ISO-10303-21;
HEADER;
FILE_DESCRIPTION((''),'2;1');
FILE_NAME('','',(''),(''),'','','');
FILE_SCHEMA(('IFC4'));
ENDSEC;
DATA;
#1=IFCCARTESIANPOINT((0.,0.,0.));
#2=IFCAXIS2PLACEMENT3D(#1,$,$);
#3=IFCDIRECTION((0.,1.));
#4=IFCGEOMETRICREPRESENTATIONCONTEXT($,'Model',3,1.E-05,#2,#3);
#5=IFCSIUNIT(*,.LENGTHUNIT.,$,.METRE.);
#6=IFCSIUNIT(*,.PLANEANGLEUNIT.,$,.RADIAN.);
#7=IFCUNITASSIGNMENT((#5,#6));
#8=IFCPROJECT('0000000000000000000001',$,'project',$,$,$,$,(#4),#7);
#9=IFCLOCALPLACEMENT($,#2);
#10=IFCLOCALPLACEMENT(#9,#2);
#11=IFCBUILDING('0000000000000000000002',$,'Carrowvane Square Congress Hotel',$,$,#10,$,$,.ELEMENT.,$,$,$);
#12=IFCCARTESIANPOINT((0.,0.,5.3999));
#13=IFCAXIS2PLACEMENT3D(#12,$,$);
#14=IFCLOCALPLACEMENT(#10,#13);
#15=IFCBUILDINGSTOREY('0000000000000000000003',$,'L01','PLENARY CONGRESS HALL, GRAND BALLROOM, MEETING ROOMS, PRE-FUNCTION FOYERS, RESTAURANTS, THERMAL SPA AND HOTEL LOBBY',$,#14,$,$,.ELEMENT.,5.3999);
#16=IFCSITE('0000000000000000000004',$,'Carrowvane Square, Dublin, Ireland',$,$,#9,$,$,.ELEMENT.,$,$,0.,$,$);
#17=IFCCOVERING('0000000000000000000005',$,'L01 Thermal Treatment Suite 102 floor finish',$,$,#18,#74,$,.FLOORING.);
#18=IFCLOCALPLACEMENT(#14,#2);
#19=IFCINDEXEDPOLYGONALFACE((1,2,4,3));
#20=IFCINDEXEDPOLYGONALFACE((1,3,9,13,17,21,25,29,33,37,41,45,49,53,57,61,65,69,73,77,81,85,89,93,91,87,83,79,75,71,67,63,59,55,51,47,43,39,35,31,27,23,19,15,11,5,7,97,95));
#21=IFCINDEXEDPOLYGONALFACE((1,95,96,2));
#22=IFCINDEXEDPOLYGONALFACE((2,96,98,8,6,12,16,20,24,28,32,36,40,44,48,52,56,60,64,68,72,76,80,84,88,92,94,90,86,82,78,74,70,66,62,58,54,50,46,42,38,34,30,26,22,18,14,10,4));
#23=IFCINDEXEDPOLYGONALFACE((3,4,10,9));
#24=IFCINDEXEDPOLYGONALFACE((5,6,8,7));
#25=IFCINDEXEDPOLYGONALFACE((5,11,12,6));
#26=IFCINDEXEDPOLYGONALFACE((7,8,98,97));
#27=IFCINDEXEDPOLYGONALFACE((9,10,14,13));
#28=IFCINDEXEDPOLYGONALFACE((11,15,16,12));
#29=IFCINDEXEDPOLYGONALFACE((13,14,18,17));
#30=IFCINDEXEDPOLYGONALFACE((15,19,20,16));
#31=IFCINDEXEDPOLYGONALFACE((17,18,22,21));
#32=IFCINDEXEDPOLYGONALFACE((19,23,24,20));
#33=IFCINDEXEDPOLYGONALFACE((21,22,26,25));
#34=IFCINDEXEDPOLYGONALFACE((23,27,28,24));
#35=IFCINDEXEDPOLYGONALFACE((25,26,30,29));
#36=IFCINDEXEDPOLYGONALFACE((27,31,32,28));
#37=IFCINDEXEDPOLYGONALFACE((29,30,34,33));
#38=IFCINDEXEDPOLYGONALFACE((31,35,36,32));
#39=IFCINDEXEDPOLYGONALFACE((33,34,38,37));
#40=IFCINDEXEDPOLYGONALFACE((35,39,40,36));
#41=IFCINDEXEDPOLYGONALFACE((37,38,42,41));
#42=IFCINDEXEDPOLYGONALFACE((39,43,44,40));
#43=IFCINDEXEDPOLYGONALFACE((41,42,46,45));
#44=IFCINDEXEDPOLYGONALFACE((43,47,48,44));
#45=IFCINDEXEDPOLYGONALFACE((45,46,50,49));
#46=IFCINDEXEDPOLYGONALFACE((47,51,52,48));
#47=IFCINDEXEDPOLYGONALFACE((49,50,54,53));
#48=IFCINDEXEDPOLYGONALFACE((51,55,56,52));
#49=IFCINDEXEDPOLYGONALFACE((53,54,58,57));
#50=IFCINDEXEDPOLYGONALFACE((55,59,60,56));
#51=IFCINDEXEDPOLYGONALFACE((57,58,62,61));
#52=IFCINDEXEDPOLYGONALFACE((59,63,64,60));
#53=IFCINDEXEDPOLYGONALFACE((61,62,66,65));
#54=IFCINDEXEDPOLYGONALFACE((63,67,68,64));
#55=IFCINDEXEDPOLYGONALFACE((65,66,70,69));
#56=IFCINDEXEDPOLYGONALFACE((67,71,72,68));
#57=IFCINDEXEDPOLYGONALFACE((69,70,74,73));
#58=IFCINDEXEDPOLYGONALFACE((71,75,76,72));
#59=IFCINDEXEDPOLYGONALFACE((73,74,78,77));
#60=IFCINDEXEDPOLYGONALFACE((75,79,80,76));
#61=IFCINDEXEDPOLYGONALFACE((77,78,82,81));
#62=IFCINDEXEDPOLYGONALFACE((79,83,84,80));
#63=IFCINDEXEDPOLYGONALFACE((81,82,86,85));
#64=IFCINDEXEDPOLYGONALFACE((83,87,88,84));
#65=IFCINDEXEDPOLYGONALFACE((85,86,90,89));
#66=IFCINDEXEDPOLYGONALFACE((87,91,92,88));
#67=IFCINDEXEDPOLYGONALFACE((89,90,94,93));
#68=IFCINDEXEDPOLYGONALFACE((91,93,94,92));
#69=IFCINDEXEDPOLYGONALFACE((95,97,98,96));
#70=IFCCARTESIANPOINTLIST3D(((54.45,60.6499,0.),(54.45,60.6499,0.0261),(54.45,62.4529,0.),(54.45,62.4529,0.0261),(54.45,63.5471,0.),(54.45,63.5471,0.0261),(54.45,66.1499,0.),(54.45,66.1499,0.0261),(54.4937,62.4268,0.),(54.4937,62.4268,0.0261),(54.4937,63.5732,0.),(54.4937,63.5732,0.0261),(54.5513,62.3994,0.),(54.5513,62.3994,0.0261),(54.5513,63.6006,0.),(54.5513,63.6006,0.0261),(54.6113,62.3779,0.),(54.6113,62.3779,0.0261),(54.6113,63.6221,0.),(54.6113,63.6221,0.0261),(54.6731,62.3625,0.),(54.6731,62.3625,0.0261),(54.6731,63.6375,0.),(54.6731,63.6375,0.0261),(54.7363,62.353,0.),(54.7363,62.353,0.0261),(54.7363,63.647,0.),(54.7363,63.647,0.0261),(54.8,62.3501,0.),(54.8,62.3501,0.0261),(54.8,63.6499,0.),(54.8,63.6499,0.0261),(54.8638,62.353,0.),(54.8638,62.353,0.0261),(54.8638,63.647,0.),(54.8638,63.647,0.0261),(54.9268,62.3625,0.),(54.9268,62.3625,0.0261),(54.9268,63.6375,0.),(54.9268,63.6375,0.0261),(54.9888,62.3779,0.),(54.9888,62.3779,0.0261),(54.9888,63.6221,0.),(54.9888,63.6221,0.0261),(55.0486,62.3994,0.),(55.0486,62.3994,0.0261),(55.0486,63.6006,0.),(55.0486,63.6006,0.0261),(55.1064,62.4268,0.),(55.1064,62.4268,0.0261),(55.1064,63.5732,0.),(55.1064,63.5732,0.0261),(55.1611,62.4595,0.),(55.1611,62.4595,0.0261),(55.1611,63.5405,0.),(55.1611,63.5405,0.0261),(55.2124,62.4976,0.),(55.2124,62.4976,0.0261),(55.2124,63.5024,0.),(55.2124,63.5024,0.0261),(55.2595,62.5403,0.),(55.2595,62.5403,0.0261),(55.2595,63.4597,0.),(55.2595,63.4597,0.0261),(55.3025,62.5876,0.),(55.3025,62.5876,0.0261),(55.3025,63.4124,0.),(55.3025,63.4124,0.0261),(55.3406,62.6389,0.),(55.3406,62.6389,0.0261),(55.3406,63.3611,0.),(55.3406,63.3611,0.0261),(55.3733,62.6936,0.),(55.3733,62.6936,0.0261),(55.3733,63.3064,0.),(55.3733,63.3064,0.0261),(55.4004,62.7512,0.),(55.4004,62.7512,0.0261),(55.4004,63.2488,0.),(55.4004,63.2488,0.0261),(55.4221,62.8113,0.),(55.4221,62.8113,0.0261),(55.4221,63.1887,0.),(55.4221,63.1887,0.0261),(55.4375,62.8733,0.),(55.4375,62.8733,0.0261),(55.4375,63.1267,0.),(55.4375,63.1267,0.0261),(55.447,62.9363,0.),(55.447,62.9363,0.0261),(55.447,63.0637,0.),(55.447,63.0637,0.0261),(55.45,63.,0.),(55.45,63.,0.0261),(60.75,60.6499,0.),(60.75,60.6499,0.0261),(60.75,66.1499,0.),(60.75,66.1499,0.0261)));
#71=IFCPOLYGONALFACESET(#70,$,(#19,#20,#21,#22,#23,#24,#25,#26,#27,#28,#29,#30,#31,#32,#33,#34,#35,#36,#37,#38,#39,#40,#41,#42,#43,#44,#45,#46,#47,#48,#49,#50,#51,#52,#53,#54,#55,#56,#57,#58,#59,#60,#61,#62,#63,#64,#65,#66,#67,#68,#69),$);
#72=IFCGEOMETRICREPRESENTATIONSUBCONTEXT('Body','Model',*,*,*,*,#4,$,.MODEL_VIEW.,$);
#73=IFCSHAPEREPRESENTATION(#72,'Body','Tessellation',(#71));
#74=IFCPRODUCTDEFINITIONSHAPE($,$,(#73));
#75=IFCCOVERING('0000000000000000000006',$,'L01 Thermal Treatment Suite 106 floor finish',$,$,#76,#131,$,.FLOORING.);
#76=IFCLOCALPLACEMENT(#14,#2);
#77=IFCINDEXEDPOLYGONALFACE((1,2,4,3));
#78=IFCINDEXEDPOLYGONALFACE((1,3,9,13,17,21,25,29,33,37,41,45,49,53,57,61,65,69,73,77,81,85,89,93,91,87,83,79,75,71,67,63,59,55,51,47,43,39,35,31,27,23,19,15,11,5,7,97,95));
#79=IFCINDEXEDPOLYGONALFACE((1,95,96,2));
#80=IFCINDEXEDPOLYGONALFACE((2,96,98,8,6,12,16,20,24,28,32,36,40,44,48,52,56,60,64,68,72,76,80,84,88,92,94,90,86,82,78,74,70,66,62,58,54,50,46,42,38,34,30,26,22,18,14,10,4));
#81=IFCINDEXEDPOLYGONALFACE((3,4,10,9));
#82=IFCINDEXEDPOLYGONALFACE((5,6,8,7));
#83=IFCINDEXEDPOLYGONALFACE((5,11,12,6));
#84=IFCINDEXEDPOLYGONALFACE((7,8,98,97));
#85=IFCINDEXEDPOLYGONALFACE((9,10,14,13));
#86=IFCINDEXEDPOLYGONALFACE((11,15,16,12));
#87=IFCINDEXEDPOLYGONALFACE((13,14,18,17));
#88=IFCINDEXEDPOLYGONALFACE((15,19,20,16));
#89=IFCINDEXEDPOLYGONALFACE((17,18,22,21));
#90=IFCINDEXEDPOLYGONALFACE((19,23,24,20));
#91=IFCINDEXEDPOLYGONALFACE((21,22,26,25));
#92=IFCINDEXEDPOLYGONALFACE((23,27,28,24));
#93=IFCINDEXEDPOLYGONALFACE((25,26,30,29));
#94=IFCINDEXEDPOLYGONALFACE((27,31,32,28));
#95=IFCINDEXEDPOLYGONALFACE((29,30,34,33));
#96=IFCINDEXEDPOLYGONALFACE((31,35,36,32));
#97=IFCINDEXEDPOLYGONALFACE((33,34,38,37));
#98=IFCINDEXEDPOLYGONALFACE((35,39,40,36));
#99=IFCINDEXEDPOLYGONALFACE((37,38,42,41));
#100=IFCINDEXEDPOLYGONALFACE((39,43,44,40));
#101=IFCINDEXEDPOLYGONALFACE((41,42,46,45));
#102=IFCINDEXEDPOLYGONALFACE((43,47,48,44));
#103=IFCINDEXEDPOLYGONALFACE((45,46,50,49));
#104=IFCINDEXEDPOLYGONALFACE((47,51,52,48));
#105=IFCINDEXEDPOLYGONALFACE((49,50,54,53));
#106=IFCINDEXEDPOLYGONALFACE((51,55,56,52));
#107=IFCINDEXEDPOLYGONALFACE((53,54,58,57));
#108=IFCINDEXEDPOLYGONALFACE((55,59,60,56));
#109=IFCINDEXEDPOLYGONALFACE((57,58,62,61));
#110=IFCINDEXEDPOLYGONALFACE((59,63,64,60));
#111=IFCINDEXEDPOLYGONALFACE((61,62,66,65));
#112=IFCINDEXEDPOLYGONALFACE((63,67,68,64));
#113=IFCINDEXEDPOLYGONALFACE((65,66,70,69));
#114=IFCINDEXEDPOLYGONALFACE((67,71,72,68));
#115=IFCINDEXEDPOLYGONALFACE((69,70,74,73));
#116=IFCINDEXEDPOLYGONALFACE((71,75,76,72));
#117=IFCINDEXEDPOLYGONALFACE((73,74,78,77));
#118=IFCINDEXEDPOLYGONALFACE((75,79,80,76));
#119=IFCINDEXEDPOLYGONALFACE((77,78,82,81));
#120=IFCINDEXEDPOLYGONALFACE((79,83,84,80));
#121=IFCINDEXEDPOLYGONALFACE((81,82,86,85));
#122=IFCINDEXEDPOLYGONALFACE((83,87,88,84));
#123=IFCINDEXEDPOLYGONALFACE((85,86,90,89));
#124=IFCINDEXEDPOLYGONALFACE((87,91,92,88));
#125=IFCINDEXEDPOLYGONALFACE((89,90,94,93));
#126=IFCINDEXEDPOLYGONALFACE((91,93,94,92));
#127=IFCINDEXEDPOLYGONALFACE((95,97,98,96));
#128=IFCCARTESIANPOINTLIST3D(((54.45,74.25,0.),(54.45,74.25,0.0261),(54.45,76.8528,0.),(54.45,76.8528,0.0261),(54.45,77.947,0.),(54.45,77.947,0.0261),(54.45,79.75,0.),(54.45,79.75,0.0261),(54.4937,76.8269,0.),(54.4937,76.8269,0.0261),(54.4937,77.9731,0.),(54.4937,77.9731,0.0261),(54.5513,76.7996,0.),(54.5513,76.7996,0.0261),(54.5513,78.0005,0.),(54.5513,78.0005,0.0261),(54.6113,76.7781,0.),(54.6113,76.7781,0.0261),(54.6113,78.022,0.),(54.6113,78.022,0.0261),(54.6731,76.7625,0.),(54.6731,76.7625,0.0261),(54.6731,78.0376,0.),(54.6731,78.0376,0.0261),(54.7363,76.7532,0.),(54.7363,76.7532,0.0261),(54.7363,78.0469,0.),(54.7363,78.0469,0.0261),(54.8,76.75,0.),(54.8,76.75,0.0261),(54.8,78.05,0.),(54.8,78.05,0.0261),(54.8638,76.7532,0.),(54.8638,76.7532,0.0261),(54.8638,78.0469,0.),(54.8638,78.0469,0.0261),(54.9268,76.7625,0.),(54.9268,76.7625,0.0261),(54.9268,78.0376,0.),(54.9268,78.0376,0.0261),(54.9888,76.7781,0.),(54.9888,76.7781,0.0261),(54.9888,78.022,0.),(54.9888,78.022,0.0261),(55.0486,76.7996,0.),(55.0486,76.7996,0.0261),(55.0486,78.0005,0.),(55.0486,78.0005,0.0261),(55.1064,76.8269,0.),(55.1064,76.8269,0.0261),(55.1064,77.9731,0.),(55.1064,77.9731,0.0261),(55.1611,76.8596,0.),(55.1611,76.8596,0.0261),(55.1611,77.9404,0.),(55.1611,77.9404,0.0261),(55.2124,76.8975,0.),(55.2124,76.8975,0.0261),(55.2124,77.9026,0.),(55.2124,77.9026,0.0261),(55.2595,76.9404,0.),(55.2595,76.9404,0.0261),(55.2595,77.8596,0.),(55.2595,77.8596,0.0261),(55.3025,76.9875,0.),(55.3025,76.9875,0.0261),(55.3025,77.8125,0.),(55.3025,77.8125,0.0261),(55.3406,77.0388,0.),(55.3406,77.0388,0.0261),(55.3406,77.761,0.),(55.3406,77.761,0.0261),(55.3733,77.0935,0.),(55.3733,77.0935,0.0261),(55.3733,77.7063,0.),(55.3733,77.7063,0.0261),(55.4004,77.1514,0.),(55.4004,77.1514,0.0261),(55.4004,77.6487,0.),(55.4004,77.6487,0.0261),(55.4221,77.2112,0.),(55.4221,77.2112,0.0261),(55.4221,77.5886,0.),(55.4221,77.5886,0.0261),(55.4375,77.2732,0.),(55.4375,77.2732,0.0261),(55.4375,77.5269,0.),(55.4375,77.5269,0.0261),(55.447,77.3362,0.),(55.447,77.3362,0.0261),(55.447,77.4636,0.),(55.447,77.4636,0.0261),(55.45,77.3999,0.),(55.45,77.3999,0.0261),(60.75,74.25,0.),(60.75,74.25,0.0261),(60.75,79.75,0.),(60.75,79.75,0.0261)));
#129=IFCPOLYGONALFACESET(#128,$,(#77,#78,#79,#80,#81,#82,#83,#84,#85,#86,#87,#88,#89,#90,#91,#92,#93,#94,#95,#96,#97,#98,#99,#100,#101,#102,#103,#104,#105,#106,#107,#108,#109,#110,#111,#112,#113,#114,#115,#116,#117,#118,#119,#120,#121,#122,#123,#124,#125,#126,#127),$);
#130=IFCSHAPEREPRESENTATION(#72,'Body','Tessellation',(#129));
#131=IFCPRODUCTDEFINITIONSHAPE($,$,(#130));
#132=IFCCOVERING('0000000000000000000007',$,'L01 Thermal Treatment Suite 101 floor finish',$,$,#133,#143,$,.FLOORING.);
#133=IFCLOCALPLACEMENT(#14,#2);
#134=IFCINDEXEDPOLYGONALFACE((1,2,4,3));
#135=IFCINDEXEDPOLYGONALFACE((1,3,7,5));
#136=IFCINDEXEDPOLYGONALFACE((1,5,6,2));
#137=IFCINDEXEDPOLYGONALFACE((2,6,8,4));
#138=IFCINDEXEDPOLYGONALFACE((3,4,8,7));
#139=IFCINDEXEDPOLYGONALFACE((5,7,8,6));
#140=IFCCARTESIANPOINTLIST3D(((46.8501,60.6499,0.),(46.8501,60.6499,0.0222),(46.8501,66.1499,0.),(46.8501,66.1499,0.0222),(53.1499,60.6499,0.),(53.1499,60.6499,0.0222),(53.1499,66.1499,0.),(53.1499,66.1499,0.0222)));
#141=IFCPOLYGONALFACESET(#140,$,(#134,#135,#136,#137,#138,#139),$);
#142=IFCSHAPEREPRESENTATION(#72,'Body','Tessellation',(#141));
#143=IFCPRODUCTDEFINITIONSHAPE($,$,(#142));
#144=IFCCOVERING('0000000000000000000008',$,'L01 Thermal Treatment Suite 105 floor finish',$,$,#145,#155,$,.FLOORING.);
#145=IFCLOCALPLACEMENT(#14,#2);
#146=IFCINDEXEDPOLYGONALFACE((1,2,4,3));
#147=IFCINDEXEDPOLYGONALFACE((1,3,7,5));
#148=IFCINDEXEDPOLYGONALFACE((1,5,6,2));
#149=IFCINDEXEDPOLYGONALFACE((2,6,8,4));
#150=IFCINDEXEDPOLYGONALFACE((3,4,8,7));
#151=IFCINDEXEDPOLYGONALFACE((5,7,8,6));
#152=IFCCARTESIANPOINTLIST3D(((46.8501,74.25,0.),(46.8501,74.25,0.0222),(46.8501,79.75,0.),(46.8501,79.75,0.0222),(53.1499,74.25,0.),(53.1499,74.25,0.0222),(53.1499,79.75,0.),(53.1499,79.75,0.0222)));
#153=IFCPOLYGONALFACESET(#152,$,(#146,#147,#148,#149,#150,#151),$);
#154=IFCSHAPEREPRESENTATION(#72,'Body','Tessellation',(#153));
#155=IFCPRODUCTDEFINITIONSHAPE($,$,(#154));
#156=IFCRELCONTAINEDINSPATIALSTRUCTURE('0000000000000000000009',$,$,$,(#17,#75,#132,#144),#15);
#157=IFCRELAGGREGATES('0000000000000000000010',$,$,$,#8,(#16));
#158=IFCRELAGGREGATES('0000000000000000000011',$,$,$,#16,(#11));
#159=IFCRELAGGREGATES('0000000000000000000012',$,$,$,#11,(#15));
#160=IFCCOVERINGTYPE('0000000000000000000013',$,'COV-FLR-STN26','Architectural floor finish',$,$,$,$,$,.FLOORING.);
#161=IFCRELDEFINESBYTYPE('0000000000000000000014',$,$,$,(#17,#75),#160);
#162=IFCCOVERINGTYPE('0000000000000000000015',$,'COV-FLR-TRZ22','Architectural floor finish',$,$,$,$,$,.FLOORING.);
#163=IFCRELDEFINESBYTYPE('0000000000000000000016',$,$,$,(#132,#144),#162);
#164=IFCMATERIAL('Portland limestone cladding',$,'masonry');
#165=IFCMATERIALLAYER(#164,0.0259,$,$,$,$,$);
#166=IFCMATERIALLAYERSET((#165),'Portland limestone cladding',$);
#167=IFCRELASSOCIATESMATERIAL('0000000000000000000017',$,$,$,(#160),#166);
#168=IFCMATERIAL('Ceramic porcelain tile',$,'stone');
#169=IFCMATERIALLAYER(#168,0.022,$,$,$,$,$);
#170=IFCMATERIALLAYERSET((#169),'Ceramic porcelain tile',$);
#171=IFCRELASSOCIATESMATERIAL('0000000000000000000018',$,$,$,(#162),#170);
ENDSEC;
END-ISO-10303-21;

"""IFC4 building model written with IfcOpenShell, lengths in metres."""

from ifc_helpers import new_model, si_unit, direction, frame, origin, place, context, subcontext, project, spatial, polyline, outline, extrude, material, layer, layer_set, type_object, element, save


model = new_model("IFC4")

# Units and contexts
model_context = context("Model", 3, precision=1e-05, world=origin(), true_north=direction((0.0, 1.0)))
body_context = subcontext(model_context, "Body", "Model", "MODEL_VIEW")
ifc_project = project(units=[si_unit("LENGTHUNIT", "METRE"), si_unit("PLANEANGLEUNIT", "RADIAN")], contexts=[model_context])

# Site, building, storey
site_placement = place(None, origin())
site = spatial("IfcSite", under=ifc_project, at=site_placement, Name="Carrowvane Square, Dublin, Ireland", CompositionType="ELEMENT", RefElevation=0.0)
building_placement = place(site_placement, origin())
building = spatial("IfcBuilding", under=site, at=building_placement, Name="Carrowvane Square Congress Hotel", CompositionType="ELEMENT")
storey_placement = place(building_placement, frame((0.0, 0.0, 5.3999)))
storey = spatial("IfcBuildingStorey", under=building, at=storey_placement, Name="L01", Description="PLENARY CONGRESS HALL, GRAND BALLROOM, MEETING ROOMS, PRE-FUNCTION FOYERS, RESTAURANTS, THERMAL SPA AND HOTEL LOBBY", CompositionType="ELEMENT", Elevation=5.3999)

# Coverings
ifc_material_1 = material(Name="Portland limestone cladding", Category="masonry")
ifc_layer_1 = layer(ifc_material_1, 0.0259)
ifc_layer_set_1 = layer_set([ifc_layer_1], Name="Portland limestone cladding")
covering_type_1 = type_object("IfcCoveringType", Name="COV-FLR-STN26", Description="Architectural floor finish", PredefinedType="FLOORING", material=ifc_layer_set_1)
covering_1_placement = place(storey_placement, origin())
element("IfcCovering", 1, at=covering_1_placement, inside=storey, type_object=covering_type_1, Name="L01 Thermal Treatment Suite 102 floor finish", PredefinedType="FLOORING", context=body_context, shape_type="SweptSolid", body=[
    extrude(outline(polyline([(55.3733, 62.6936), (55.4004, 62.7512), (55.4221, 62.8113), (55.4375, 62.8733), (55.447, 62.9363), (55.45, 63.0), (55.447, 63.0637), (55.4375, 63.1267), (55.4221, 63.1887), (55.4004, 63.2488), (55.3733, 63.3064), (55.3406, 63.3611), (55.3025, 63.4124), (55.2595, 63.4597), (55.2124, 63.5024), (55.1611, 63.5405), (55.1064, 63.5732), (55.0486, 63.6006), (54.9888, 63.6221), (54.9268, 63.6375), (54.8638, 63.647), (54.8, 63.6499), (54.7363, 63.647), (54.6731, 63.6375), (54.6113, 63.6221), (54.5513, 63.6006), (54.4937, 63.5732), (54.45, 63.5471), (54.45, 66.1499), (60.75, 66.1499), (60.75, 60.6499), (54.45, 60.6499), (54.45, 62.4529), (54.4937, 62.4268), (54.5513, 62.3994), (54.6113, 62.3779), (54.6731, 62.3625), (54.7363, 62.353), (54.8, 62.3501), (54.8638, 62.353), (54.9268, 62.3625), (54.9888, 62.3779), (55.0486, 62.3994), (55.1064, 62.4268), (55.1611, 62.4595), (55.2124, 62.4976), (55.2595, 62.5403), (55.3025, 62.5876), (55.3406, 62.6389), (55.3733, 62.6936)])), origin(), (0.0, 0.0, 1.0), 0.0261),
])
covering_2_placement = place(storey_placement, origin())
element("IfcCovering", 2, at=covering_2_placement, inside=storey, type_object=covering_type_1, Name="L01 Thermal Treatment Suite 106 floor finish", PredefinedType="FLOORING", context=body_context, shape_type="SweptSolid", body=[
    extrude(outline(polyline([(55.3733, 77.0935), (55.4004, 77.1514), (55.4221, 77.2112), (55.4375, 77.2732), (55.447, 77.3362), (55.45, 77.3999), (55.447, 77.4636), (55.4375, 77.5269), (55.4221, 77.5886), (55.4004, 77.6487), (55.3733, 77.7063), (55.3406, 77.761), (55.3025, 77.8125), (55.2595, 77.8596), (55.2124, 77.9026), (55.1611, 77.9404), (55.1064, 77.9731), (55.0486, 78.0005), (54.9888, 78.022), (54.9268, 78.0376), (54.8638, 78.0469), (54.8, 78.05), (54.7363, 78.0469), (54.6731, 78.0376), (54.6113, 78.022), (54.5513, 78.0005), (54.4937, 77.9731), (54.45, 77.947), (54.45, 79.75), (60.75, 79.75), (60.75, 74.25), (54.45, 74.25), (54.45, 76.8528), (54.4937, 76.8269), (54.5513, 76.7996), (54.6113, 76.7781), (54.6731, 76.7625), (54.7363, 76.7532), (54.8, 76.75), (54.8638, 76.7532), (54.9268, 76.7625), (54.9888, 76.7781), (55.0486, 76.7996), (55.1064, 76.8269), (55.1611, 76.8596), (55.2124, 76.8975), (55.2595, 76.9404), (55.3025, 76.9875), (55.3406, 77.0388), (55.3733, 77.0935)])), origin(), (0.0, 0.0, 1.0), 0.0261),
])
ifc_material_2 = material(Name="Ceramic porcelain tile", Category="stone")
ifc_layer_2 = layer(ifc_material_2, 0.022)
ifc_layer_set_2 = layer_set([ifc_layer_2], Name="Ceramic porcelain tile")
covering_type_2 = type_object("IfcCoveringType", Name="COV-FLR-TRZ22", Description="Architectural floor finish", PredefinedType="FLOORING", material=ifc_layer_set_2)
covering_3_placement = place(storey_placement, origin())
element("IfcCovering", 3, at=covering_3_placement, inside=storey, type_object=covering_type_2, Name="L01 Thermal Treatment Suite 101 floor finish", PredefinedType="FLOORING", context=body_context, shape_type="SweptSolid", body=[
    extrude(outline(polyline([(53.1499, 66.1499), (53.1499, 60.6499), (46.8501, 60.6499), (46.8501, 66.1499), (53.1499, 66.1499)])), origin(), (0.0, 0.0, 1.0), 0.0222),
])
covering_4_placement = place(storey_placement, origin())
element("IfcCovering", 4, at=covering_4_placement, inside=storey, type_object=covering_type_2, Name="L01 Thermal Treatment Suite 105 floor finish", PredefinedType="FLOORING", context=body_context, shape_type="SweptSolid", body=[
    extrude(outline(polyline([(53.1499, 79.75), (53.1499, 74.25), (46.8501, 74.25), (46.8501, 79.75), (53.1499, 79.75)])), origin(), (0.0, 0.0, 1.0), 0.0222),
])

save(model, "model.ifc")
